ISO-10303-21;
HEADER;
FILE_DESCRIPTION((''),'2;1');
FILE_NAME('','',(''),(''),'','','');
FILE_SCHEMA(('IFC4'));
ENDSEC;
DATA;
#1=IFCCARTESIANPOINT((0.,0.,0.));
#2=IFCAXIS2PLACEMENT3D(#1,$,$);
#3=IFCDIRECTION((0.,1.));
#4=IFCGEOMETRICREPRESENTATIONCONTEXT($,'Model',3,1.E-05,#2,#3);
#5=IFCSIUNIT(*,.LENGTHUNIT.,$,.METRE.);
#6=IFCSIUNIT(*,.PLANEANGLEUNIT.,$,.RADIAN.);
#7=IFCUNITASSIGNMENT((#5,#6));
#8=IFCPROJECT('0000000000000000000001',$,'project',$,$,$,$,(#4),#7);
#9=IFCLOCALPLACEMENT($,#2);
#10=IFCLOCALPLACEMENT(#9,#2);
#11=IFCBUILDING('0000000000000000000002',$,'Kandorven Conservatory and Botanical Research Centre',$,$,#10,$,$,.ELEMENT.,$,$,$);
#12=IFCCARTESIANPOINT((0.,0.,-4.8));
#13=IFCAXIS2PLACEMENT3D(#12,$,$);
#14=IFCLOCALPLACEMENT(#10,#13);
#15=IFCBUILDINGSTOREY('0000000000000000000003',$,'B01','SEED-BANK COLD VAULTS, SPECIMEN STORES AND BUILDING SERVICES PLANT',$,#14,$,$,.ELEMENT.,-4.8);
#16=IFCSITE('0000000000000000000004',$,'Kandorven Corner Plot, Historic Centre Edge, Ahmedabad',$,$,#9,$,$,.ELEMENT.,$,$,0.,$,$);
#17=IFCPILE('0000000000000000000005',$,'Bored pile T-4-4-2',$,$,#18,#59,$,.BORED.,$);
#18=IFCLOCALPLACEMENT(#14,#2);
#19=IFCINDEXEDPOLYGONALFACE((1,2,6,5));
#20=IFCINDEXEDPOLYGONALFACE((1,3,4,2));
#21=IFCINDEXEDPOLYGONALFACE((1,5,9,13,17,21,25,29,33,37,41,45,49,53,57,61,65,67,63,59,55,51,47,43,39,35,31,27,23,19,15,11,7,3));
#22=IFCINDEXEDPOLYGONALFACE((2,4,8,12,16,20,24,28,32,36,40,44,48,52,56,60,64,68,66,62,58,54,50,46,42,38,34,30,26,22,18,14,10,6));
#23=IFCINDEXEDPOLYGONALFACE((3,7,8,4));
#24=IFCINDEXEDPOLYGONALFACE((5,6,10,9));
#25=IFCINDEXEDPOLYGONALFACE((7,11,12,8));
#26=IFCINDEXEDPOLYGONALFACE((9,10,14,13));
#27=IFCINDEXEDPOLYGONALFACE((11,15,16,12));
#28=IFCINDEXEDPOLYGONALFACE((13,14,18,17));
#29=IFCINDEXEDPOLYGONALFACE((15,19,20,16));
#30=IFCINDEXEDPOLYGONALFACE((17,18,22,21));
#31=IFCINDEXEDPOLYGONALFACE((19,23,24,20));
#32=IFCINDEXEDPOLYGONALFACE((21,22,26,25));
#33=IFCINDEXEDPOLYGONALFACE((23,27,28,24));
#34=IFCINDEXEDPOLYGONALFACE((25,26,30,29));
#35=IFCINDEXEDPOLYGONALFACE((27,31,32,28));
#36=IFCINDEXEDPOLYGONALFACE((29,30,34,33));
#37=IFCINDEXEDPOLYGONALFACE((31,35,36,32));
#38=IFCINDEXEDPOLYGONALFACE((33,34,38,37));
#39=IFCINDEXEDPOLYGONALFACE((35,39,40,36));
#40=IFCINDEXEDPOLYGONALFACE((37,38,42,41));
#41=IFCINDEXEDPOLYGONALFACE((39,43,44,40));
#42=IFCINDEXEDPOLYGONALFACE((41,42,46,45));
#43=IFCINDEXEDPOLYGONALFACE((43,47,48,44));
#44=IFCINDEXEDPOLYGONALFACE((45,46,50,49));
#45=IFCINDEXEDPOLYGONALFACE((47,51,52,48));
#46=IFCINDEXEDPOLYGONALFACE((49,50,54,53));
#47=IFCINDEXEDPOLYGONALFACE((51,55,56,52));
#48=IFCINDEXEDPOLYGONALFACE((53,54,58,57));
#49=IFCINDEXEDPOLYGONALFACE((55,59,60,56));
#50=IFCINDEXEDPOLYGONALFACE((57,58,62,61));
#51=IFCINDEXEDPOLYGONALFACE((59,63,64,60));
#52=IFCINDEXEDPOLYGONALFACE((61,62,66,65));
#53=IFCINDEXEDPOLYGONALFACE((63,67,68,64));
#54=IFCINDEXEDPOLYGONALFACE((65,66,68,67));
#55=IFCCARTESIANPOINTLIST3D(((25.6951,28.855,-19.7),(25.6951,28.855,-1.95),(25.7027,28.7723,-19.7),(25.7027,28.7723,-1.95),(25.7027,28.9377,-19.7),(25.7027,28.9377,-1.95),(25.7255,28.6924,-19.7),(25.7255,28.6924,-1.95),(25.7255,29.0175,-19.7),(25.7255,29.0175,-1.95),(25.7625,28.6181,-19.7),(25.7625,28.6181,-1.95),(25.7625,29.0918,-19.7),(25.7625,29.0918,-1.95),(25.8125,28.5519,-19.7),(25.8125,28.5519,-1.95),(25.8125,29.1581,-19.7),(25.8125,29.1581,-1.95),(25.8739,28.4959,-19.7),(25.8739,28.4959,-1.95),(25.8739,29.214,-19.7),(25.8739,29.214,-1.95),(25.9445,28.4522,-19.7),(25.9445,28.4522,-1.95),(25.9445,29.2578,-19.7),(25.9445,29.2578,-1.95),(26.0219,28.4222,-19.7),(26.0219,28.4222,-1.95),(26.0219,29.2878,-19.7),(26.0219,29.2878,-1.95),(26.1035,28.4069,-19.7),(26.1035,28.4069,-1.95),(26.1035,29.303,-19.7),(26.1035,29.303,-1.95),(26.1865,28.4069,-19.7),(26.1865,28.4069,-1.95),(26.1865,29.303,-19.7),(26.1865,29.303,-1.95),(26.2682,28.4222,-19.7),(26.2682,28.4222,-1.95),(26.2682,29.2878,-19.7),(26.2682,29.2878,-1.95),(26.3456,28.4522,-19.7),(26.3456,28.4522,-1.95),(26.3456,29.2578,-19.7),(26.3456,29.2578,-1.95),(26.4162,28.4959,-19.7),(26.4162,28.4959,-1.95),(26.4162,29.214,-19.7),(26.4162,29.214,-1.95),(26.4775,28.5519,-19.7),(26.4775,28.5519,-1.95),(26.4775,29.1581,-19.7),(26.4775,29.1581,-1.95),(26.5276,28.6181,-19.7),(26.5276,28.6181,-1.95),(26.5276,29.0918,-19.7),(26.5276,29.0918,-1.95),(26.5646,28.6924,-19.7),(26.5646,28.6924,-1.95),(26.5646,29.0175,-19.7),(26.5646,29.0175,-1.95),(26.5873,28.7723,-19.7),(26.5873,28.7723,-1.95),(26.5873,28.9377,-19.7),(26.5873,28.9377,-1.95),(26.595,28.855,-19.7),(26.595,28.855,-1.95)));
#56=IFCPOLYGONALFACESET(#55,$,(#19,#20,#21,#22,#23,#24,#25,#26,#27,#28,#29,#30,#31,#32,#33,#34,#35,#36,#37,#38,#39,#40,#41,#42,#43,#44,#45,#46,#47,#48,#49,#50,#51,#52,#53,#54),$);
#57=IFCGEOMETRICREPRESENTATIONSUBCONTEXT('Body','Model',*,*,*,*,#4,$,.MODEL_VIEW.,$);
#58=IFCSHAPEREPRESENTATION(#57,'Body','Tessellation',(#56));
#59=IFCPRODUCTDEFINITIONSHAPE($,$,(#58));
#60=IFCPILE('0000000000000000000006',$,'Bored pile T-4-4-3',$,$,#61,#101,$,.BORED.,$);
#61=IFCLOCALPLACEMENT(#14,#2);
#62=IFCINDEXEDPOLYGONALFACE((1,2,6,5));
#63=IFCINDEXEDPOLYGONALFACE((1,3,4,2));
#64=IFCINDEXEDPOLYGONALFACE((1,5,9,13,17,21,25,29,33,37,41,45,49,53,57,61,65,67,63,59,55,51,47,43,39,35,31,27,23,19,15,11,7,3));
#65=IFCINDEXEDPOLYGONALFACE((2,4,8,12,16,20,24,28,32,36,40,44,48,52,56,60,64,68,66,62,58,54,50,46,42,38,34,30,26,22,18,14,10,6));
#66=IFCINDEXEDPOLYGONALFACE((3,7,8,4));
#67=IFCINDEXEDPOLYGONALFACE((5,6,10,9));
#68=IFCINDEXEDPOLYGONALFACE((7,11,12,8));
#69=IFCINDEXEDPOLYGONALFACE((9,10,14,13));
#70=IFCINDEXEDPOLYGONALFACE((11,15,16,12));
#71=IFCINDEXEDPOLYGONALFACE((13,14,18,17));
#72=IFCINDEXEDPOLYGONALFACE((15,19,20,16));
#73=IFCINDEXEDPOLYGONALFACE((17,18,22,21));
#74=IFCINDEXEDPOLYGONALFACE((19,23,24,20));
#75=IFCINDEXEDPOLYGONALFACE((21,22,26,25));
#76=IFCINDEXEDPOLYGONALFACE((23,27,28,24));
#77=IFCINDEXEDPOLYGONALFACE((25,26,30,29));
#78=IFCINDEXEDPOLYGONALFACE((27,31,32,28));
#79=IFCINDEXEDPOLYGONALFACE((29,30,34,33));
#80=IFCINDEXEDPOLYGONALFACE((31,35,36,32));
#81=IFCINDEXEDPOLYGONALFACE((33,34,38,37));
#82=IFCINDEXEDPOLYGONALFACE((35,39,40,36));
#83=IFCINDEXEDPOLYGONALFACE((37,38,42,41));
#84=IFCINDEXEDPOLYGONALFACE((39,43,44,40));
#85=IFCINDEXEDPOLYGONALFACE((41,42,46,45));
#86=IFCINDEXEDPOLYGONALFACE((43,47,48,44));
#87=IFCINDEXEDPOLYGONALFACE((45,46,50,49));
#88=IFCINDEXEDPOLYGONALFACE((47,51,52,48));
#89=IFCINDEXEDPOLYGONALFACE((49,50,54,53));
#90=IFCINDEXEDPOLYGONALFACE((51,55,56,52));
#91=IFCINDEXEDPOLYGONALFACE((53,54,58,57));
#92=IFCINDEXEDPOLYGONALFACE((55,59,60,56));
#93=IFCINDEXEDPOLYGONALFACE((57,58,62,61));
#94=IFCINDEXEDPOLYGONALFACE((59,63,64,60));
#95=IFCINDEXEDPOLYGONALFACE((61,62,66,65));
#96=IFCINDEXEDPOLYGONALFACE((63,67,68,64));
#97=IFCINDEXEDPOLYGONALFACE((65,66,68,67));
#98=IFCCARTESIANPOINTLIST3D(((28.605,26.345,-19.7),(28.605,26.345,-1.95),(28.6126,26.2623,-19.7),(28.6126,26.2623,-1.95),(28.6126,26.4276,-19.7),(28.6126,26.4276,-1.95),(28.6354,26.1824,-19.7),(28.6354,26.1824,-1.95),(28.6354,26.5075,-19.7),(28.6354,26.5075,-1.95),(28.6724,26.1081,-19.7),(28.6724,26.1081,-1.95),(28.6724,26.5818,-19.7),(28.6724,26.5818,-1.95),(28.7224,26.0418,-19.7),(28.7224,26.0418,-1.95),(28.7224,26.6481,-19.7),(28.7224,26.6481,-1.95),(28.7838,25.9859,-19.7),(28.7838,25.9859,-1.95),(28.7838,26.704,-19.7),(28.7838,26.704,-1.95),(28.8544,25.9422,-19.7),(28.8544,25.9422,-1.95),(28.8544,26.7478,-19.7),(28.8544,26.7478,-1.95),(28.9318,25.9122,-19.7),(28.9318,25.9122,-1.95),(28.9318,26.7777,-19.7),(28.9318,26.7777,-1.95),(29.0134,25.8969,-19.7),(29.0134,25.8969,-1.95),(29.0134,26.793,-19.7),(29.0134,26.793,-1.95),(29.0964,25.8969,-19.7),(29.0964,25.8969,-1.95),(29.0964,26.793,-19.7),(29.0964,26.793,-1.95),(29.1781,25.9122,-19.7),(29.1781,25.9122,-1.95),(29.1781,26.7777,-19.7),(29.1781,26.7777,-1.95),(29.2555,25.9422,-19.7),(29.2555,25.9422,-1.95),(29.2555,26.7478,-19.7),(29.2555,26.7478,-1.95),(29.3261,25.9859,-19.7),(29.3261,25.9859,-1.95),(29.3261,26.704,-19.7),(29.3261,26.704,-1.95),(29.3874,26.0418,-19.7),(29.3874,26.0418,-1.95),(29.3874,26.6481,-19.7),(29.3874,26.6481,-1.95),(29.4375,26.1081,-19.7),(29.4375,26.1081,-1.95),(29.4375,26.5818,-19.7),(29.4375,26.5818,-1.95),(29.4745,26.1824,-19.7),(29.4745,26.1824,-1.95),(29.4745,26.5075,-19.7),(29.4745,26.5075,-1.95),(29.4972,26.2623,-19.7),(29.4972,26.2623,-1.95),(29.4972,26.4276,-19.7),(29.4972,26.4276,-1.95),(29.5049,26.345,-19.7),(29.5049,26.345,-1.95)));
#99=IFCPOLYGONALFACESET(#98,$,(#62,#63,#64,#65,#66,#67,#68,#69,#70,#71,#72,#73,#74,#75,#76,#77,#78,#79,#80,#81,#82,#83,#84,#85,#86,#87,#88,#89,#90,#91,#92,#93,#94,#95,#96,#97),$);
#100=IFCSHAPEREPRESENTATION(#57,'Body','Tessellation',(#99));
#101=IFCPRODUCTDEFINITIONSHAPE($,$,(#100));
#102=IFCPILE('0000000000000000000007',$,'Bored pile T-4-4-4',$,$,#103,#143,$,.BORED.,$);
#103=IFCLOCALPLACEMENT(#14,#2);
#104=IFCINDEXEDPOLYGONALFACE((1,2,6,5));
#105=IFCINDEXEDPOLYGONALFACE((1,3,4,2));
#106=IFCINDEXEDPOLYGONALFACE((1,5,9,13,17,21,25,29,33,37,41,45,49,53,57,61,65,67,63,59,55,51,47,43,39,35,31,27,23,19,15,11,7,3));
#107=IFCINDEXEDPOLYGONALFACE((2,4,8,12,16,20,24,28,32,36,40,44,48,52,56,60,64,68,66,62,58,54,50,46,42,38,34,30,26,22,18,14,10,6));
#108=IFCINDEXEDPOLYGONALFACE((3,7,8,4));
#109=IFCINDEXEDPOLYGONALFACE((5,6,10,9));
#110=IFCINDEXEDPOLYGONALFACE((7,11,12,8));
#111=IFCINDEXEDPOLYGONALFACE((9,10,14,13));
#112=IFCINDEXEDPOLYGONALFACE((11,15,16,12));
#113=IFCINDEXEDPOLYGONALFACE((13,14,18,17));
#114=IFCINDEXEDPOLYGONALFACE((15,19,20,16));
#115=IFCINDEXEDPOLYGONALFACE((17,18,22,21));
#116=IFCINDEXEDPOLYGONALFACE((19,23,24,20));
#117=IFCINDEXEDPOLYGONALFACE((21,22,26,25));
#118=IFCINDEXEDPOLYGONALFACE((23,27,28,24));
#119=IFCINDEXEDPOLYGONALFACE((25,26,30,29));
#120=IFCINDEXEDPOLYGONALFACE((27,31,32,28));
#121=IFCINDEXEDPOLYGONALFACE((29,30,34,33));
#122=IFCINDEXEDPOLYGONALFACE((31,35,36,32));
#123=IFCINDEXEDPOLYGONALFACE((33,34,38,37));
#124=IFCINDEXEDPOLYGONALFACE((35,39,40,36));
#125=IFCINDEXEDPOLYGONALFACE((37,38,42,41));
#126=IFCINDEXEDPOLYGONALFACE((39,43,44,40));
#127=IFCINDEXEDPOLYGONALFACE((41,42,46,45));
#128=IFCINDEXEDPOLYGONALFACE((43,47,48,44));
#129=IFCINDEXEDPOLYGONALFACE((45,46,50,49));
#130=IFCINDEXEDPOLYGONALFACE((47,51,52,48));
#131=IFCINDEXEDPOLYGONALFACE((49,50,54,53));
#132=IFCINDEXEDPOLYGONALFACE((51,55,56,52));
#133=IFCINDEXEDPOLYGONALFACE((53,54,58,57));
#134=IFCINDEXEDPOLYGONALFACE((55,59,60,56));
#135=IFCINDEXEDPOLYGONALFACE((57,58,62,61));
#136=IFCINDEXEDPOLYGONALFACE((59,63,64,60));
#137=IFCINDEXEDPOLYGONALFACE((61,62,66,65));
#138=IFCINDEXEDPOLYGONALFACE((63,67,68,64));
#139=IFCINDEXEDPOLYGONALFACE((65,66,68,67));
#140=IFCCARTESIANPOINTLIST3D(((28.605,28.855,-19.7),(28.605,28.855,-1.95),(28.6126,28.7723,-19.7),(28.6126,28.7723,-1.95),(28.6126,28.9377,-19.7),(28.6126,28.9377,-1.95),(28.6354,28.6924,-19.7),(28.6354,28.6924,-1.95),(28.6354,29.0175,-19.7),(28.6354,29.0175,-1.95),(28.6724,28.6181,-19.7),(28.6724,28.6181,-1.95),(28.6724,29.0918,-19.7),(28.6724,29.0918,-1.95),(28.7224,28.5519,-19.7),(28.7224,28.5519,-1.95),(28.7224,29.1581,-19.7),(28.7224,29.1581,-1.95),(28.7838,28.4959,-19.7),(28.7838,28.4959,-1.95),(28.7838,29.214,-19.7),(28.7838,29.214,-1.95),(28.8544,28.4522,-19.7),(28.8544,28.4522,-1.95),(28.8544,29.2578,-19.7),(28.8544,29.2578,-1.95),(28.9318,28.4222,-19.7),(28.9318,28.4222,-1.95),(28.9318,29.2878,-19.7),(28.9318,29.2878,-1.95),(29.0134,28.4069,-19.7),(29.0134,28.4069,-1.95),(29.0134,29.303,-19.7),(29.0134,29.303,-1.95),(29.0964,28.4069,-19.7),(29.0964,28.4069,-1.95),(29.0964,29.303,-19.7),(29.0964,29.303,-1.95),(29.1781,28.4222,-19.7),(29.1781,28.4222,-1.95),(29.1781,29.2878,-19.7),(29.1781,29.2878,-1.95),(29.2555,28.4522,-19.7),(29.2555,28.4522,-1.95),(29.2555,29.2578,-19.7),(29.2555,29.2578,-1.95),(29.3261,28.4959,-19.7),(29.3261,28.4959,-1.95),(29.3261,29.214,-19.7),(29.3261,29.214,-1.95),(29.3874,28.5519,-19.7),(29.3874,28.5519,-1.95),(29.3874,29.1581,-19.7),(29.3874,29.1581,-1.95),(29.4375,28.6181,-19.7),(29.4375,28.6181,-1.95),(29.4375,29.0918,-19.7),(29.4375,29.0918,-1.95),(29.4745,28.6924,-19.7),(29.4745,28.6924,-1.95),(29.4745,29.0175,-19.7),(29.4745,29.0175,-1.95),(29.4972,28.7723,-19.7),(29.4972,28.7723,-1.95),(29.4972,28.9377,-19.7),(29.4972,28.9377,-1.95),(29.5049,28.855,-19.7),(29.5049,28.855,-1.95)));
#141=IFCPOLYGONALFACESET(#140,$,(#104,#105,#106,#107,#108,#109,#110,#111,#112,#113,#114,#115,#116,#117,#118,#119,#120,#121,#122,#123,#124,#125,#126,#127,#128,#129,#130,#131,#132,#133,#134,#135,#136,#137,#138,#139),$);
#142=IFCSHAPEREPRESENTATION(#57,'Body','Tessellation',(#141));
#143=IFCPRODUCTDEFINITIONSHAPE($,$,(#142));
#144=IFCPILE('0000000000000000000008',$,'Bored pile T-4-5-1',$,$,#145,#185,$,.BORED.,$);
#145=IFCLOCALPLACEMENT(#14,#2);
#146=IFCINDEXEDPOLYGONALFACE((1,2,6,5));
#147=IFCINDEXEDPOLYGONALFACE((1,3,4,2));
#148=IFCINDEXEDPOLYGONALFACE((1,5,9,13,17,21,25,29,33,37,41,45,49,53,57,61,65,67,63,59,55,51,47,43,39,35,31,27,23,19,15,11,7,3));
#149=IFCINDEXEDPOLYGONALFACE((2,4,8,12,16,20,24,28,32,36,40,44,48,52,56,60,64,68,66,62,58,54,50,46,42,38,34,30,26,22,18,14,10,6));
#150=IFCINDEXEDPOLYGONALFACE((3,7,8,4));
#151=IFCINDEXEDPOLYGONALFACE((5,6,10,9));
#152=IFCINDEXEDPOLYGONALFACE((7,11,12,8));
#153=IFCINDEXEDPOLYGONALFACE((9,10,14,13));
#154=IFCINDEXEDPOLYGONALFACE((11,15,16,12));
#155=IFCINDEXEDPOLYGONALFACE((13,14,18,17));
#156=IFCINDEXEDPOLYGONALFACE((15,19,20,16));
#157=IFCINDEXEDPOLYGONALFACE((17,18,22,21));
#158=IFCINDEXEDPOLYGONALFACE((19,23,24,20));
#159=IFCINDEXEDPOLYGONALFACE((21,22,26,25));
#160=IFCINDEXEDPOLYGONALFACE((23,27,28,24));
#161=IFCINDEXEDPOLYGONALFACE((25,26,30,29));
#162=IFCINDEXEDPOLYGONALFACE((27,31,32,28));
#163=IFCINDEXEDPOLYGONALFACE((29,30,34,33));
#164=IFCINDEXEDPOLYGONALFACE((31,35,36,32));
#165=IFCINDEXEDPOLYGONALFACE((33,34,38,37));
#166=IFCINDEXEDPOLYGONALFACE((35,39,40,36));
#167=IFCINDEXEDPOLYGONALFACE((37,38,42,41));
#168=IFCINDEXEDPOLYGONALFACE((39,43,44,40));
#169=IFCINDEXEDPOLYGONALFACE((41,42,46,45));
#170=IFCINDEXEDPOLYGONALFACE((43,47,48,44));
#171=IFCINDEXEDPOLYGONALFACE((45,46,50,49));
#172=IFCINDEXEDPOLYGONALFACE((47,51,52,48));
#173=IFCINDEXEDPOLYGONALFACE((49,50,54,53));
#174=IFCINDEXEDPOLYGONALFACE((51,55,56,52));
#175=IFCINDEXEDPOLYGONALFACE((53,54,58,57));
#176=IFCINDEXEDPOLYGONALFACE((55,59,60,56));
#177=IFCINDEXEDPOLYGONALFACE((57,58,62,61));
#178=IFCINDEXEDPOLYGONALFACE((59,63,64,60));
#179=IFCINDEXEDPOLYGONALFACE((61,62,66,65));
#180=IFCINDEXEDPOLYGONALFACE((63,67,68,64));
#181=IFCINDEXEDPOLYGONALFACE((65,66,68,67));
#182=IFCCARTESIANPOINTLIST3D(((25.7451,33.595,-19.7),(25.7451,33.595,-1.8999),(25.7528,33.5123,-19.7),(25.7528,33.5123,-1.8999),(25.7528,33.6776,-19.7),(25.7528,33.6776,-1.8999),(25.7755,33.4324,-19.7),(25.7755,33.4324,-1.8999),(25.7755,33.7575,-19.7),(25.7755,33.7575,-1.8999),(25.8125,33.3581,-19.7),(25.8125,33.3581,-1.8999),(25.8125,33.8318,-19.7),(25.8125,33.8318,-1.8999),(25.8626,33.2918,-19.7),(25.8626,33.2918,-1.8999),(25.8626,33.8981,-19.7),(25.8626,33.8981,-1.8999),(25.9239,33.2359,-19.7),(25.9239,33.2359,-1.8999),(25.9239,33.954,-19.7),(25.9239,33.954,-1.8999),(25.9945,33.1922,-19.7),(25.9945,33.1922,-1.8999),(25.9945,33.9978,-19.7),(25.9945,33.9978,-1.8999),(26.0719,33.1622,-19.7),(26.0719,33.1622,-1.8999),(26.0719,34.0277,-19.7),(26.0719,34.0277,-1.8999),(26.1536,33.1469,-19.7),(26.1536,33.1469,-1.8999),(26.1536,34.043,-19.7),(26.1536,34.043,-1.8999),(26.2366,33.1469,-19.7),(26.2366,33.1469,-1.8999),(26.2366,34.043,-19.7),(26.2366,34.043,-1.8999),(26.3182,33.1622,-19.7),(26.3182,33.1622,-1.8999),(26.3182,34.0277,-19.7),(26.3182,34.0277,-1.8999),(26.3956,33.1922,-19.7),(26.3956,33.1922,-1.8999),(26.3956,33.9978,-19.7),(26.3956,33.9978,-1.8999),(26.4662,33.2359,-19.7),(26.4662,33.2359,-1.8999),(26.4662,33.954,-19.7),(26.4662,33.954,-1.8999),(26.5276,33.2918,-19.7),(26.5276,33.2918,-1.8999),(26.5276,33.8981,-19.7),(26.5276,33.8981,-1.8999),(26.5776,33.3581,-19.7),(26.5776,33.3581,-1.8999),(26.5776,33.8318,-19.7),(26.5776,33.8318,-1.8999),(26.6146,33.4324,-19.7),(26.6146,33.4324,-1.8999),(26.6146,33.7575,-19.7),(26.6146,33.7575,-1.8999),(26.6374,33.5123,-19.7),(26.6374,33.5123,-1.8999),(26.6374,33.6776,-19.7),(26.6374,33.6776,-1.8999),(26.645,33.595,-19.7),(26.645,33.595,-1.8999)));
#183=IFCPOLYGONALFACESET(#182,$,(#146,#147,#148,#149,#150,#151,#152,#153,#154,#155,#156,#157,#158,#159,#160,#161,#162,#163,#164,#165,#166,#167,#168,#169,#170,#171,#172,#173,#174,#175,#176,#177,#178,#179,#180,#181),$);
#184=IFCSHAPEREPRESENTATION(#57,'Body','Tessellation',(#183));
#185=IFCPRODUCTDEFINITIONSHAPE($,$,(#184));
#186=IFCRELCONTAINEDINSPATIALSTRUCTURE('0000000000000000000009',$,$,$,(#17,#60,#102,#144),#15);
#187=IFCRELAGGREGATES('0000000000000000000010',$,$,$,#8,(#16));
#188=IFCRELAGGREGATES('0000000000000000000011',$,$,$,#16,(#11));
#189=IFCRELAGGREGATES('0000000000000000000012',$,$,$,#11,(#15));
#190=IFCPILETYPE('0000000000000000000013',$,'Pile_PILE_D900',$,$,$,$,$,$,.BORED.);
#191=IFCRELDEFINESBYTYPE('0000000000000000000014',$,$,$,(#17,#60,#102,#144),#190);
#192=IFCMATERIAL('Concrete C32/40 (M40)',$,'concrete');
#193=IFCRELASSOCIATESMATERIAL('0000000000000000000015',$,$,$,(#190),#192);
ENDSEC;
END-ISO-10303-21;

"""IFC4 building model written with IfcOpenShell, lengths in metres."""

from ifc_helpers import new_model, si_unit, direction, frame, origin, origin_2d, place, context, subcontext, project, spatial, circle, extrude, material, material_profile, profile_set, type_object, element, save


model = new_model("IFC4")

# Units and contexts
model_context = context("Model", 3, precision=1e-05, world=origin(), true_north=direction((0.0, 1.0)))
body_context = subcontext(model_context, "Body", "Model", "MODEL_VIEW")
ifc_project = project(units=[si_unit("LENGTHUNIT", "METRE"), si_unit("PLANEANGLEUNIT", "RADIAN")], contexts=[model_context])

# Site, building, storey
site_placement = place(None, origin())
site = spatial("IfcSite", under=ifc_project, at=site_placement, Name="Kandorven Corner Plot, Historic Centre Edge, Ahmedabad", CompositionType="ELEMENT", RefElevation=0.0)
building_placement = place(site_placement, origin())
building = spatial("IfcBuilding", under=site, at=building_placement, Name="Kandorven Conservatory and Botanical Research Centre", CompositionType="ELEMENT")
storey_placement = place(building_placement, frame((0.0, 0.0, -4.8)))
storey = spatial("IfcBuildingStorey", under=building, at=storey_placement, Name="B01", Description="SEED-BANK COLD VAULTS, SPECIMEN STORES AND BUILDING SERVICES PLANT", CompositionType="ELEMENT", Elevation=-4.8)

# Piles
ifc_material_1 = material(Name="Concrete C32/40 (M40)", Category="concrete")
ifc_material_profile_1 = material_profile(ifc_material_1, circle(Radius=0.45, at=origin_2d()))
ifc_profile_set_1 = profile_set([ifc_material_profile_1], Name="Concrete C32/40 (M40)")
pile_type = type_object("IfcPileType", Name="Pile_PILE_D900", PredefinedType="BORED", material=ifc_profile_set_1)
for number, where, z_axis, x_axis, name in (
    (1, (26.145, 28.855, -1.95), (0.0, 0.0, -1.0), (1.0, 0.0, 0.0), "Bored pile T-4-4-2"),
    (2, (29.0549, 26.345, -1.95), (0.0, 0.0, -1.0), (1.0, 0.0, 0.0), "Bored pile T-4-4-3"),
    (3, (29.0549, 28.855, -1.95), (0.0, 0.0, -1.0), (1.0, 0.0, 0.0), "Bored pile T-4-4-4"),
):
    element("IfcPile", number, at=place(storey_placement, frame(where, z_axis=z_axis, x_axis=x_axis)), inside=storey, type_object=pile_type, Name=name, PredefinedType="BORED", context=body_context, shape_type="SweptSolid", body=[
        extrude(circle(Radius=0.45, at=origin_2d()), origin(), (0.0, 0.0, 1.0), 17.75),
    ])
for number, where, z_axis, x_axis, name in (
    (4, (26.1951, 33.595, -1.8999), (0.0, 0.0, -1.0), (1.0, 0.0, 0.0), "Bored pile T-4-5-1"),
):
    element("IfcPile", number, at=place(storey_placement, frame(where, z_axis=z_axis, x_axis=x_axis)), inside=storey, type_object=pile_type, Name=name, PredefinedType="BORED", context=body_context, shape_type="SweptSolid", body=[
        extrude(circle(Radius=0.45, at=origin_2d()), origin(), (0.0, 0.0, 1.0), 17.8),
    ])

save(model, "model.ifc")
